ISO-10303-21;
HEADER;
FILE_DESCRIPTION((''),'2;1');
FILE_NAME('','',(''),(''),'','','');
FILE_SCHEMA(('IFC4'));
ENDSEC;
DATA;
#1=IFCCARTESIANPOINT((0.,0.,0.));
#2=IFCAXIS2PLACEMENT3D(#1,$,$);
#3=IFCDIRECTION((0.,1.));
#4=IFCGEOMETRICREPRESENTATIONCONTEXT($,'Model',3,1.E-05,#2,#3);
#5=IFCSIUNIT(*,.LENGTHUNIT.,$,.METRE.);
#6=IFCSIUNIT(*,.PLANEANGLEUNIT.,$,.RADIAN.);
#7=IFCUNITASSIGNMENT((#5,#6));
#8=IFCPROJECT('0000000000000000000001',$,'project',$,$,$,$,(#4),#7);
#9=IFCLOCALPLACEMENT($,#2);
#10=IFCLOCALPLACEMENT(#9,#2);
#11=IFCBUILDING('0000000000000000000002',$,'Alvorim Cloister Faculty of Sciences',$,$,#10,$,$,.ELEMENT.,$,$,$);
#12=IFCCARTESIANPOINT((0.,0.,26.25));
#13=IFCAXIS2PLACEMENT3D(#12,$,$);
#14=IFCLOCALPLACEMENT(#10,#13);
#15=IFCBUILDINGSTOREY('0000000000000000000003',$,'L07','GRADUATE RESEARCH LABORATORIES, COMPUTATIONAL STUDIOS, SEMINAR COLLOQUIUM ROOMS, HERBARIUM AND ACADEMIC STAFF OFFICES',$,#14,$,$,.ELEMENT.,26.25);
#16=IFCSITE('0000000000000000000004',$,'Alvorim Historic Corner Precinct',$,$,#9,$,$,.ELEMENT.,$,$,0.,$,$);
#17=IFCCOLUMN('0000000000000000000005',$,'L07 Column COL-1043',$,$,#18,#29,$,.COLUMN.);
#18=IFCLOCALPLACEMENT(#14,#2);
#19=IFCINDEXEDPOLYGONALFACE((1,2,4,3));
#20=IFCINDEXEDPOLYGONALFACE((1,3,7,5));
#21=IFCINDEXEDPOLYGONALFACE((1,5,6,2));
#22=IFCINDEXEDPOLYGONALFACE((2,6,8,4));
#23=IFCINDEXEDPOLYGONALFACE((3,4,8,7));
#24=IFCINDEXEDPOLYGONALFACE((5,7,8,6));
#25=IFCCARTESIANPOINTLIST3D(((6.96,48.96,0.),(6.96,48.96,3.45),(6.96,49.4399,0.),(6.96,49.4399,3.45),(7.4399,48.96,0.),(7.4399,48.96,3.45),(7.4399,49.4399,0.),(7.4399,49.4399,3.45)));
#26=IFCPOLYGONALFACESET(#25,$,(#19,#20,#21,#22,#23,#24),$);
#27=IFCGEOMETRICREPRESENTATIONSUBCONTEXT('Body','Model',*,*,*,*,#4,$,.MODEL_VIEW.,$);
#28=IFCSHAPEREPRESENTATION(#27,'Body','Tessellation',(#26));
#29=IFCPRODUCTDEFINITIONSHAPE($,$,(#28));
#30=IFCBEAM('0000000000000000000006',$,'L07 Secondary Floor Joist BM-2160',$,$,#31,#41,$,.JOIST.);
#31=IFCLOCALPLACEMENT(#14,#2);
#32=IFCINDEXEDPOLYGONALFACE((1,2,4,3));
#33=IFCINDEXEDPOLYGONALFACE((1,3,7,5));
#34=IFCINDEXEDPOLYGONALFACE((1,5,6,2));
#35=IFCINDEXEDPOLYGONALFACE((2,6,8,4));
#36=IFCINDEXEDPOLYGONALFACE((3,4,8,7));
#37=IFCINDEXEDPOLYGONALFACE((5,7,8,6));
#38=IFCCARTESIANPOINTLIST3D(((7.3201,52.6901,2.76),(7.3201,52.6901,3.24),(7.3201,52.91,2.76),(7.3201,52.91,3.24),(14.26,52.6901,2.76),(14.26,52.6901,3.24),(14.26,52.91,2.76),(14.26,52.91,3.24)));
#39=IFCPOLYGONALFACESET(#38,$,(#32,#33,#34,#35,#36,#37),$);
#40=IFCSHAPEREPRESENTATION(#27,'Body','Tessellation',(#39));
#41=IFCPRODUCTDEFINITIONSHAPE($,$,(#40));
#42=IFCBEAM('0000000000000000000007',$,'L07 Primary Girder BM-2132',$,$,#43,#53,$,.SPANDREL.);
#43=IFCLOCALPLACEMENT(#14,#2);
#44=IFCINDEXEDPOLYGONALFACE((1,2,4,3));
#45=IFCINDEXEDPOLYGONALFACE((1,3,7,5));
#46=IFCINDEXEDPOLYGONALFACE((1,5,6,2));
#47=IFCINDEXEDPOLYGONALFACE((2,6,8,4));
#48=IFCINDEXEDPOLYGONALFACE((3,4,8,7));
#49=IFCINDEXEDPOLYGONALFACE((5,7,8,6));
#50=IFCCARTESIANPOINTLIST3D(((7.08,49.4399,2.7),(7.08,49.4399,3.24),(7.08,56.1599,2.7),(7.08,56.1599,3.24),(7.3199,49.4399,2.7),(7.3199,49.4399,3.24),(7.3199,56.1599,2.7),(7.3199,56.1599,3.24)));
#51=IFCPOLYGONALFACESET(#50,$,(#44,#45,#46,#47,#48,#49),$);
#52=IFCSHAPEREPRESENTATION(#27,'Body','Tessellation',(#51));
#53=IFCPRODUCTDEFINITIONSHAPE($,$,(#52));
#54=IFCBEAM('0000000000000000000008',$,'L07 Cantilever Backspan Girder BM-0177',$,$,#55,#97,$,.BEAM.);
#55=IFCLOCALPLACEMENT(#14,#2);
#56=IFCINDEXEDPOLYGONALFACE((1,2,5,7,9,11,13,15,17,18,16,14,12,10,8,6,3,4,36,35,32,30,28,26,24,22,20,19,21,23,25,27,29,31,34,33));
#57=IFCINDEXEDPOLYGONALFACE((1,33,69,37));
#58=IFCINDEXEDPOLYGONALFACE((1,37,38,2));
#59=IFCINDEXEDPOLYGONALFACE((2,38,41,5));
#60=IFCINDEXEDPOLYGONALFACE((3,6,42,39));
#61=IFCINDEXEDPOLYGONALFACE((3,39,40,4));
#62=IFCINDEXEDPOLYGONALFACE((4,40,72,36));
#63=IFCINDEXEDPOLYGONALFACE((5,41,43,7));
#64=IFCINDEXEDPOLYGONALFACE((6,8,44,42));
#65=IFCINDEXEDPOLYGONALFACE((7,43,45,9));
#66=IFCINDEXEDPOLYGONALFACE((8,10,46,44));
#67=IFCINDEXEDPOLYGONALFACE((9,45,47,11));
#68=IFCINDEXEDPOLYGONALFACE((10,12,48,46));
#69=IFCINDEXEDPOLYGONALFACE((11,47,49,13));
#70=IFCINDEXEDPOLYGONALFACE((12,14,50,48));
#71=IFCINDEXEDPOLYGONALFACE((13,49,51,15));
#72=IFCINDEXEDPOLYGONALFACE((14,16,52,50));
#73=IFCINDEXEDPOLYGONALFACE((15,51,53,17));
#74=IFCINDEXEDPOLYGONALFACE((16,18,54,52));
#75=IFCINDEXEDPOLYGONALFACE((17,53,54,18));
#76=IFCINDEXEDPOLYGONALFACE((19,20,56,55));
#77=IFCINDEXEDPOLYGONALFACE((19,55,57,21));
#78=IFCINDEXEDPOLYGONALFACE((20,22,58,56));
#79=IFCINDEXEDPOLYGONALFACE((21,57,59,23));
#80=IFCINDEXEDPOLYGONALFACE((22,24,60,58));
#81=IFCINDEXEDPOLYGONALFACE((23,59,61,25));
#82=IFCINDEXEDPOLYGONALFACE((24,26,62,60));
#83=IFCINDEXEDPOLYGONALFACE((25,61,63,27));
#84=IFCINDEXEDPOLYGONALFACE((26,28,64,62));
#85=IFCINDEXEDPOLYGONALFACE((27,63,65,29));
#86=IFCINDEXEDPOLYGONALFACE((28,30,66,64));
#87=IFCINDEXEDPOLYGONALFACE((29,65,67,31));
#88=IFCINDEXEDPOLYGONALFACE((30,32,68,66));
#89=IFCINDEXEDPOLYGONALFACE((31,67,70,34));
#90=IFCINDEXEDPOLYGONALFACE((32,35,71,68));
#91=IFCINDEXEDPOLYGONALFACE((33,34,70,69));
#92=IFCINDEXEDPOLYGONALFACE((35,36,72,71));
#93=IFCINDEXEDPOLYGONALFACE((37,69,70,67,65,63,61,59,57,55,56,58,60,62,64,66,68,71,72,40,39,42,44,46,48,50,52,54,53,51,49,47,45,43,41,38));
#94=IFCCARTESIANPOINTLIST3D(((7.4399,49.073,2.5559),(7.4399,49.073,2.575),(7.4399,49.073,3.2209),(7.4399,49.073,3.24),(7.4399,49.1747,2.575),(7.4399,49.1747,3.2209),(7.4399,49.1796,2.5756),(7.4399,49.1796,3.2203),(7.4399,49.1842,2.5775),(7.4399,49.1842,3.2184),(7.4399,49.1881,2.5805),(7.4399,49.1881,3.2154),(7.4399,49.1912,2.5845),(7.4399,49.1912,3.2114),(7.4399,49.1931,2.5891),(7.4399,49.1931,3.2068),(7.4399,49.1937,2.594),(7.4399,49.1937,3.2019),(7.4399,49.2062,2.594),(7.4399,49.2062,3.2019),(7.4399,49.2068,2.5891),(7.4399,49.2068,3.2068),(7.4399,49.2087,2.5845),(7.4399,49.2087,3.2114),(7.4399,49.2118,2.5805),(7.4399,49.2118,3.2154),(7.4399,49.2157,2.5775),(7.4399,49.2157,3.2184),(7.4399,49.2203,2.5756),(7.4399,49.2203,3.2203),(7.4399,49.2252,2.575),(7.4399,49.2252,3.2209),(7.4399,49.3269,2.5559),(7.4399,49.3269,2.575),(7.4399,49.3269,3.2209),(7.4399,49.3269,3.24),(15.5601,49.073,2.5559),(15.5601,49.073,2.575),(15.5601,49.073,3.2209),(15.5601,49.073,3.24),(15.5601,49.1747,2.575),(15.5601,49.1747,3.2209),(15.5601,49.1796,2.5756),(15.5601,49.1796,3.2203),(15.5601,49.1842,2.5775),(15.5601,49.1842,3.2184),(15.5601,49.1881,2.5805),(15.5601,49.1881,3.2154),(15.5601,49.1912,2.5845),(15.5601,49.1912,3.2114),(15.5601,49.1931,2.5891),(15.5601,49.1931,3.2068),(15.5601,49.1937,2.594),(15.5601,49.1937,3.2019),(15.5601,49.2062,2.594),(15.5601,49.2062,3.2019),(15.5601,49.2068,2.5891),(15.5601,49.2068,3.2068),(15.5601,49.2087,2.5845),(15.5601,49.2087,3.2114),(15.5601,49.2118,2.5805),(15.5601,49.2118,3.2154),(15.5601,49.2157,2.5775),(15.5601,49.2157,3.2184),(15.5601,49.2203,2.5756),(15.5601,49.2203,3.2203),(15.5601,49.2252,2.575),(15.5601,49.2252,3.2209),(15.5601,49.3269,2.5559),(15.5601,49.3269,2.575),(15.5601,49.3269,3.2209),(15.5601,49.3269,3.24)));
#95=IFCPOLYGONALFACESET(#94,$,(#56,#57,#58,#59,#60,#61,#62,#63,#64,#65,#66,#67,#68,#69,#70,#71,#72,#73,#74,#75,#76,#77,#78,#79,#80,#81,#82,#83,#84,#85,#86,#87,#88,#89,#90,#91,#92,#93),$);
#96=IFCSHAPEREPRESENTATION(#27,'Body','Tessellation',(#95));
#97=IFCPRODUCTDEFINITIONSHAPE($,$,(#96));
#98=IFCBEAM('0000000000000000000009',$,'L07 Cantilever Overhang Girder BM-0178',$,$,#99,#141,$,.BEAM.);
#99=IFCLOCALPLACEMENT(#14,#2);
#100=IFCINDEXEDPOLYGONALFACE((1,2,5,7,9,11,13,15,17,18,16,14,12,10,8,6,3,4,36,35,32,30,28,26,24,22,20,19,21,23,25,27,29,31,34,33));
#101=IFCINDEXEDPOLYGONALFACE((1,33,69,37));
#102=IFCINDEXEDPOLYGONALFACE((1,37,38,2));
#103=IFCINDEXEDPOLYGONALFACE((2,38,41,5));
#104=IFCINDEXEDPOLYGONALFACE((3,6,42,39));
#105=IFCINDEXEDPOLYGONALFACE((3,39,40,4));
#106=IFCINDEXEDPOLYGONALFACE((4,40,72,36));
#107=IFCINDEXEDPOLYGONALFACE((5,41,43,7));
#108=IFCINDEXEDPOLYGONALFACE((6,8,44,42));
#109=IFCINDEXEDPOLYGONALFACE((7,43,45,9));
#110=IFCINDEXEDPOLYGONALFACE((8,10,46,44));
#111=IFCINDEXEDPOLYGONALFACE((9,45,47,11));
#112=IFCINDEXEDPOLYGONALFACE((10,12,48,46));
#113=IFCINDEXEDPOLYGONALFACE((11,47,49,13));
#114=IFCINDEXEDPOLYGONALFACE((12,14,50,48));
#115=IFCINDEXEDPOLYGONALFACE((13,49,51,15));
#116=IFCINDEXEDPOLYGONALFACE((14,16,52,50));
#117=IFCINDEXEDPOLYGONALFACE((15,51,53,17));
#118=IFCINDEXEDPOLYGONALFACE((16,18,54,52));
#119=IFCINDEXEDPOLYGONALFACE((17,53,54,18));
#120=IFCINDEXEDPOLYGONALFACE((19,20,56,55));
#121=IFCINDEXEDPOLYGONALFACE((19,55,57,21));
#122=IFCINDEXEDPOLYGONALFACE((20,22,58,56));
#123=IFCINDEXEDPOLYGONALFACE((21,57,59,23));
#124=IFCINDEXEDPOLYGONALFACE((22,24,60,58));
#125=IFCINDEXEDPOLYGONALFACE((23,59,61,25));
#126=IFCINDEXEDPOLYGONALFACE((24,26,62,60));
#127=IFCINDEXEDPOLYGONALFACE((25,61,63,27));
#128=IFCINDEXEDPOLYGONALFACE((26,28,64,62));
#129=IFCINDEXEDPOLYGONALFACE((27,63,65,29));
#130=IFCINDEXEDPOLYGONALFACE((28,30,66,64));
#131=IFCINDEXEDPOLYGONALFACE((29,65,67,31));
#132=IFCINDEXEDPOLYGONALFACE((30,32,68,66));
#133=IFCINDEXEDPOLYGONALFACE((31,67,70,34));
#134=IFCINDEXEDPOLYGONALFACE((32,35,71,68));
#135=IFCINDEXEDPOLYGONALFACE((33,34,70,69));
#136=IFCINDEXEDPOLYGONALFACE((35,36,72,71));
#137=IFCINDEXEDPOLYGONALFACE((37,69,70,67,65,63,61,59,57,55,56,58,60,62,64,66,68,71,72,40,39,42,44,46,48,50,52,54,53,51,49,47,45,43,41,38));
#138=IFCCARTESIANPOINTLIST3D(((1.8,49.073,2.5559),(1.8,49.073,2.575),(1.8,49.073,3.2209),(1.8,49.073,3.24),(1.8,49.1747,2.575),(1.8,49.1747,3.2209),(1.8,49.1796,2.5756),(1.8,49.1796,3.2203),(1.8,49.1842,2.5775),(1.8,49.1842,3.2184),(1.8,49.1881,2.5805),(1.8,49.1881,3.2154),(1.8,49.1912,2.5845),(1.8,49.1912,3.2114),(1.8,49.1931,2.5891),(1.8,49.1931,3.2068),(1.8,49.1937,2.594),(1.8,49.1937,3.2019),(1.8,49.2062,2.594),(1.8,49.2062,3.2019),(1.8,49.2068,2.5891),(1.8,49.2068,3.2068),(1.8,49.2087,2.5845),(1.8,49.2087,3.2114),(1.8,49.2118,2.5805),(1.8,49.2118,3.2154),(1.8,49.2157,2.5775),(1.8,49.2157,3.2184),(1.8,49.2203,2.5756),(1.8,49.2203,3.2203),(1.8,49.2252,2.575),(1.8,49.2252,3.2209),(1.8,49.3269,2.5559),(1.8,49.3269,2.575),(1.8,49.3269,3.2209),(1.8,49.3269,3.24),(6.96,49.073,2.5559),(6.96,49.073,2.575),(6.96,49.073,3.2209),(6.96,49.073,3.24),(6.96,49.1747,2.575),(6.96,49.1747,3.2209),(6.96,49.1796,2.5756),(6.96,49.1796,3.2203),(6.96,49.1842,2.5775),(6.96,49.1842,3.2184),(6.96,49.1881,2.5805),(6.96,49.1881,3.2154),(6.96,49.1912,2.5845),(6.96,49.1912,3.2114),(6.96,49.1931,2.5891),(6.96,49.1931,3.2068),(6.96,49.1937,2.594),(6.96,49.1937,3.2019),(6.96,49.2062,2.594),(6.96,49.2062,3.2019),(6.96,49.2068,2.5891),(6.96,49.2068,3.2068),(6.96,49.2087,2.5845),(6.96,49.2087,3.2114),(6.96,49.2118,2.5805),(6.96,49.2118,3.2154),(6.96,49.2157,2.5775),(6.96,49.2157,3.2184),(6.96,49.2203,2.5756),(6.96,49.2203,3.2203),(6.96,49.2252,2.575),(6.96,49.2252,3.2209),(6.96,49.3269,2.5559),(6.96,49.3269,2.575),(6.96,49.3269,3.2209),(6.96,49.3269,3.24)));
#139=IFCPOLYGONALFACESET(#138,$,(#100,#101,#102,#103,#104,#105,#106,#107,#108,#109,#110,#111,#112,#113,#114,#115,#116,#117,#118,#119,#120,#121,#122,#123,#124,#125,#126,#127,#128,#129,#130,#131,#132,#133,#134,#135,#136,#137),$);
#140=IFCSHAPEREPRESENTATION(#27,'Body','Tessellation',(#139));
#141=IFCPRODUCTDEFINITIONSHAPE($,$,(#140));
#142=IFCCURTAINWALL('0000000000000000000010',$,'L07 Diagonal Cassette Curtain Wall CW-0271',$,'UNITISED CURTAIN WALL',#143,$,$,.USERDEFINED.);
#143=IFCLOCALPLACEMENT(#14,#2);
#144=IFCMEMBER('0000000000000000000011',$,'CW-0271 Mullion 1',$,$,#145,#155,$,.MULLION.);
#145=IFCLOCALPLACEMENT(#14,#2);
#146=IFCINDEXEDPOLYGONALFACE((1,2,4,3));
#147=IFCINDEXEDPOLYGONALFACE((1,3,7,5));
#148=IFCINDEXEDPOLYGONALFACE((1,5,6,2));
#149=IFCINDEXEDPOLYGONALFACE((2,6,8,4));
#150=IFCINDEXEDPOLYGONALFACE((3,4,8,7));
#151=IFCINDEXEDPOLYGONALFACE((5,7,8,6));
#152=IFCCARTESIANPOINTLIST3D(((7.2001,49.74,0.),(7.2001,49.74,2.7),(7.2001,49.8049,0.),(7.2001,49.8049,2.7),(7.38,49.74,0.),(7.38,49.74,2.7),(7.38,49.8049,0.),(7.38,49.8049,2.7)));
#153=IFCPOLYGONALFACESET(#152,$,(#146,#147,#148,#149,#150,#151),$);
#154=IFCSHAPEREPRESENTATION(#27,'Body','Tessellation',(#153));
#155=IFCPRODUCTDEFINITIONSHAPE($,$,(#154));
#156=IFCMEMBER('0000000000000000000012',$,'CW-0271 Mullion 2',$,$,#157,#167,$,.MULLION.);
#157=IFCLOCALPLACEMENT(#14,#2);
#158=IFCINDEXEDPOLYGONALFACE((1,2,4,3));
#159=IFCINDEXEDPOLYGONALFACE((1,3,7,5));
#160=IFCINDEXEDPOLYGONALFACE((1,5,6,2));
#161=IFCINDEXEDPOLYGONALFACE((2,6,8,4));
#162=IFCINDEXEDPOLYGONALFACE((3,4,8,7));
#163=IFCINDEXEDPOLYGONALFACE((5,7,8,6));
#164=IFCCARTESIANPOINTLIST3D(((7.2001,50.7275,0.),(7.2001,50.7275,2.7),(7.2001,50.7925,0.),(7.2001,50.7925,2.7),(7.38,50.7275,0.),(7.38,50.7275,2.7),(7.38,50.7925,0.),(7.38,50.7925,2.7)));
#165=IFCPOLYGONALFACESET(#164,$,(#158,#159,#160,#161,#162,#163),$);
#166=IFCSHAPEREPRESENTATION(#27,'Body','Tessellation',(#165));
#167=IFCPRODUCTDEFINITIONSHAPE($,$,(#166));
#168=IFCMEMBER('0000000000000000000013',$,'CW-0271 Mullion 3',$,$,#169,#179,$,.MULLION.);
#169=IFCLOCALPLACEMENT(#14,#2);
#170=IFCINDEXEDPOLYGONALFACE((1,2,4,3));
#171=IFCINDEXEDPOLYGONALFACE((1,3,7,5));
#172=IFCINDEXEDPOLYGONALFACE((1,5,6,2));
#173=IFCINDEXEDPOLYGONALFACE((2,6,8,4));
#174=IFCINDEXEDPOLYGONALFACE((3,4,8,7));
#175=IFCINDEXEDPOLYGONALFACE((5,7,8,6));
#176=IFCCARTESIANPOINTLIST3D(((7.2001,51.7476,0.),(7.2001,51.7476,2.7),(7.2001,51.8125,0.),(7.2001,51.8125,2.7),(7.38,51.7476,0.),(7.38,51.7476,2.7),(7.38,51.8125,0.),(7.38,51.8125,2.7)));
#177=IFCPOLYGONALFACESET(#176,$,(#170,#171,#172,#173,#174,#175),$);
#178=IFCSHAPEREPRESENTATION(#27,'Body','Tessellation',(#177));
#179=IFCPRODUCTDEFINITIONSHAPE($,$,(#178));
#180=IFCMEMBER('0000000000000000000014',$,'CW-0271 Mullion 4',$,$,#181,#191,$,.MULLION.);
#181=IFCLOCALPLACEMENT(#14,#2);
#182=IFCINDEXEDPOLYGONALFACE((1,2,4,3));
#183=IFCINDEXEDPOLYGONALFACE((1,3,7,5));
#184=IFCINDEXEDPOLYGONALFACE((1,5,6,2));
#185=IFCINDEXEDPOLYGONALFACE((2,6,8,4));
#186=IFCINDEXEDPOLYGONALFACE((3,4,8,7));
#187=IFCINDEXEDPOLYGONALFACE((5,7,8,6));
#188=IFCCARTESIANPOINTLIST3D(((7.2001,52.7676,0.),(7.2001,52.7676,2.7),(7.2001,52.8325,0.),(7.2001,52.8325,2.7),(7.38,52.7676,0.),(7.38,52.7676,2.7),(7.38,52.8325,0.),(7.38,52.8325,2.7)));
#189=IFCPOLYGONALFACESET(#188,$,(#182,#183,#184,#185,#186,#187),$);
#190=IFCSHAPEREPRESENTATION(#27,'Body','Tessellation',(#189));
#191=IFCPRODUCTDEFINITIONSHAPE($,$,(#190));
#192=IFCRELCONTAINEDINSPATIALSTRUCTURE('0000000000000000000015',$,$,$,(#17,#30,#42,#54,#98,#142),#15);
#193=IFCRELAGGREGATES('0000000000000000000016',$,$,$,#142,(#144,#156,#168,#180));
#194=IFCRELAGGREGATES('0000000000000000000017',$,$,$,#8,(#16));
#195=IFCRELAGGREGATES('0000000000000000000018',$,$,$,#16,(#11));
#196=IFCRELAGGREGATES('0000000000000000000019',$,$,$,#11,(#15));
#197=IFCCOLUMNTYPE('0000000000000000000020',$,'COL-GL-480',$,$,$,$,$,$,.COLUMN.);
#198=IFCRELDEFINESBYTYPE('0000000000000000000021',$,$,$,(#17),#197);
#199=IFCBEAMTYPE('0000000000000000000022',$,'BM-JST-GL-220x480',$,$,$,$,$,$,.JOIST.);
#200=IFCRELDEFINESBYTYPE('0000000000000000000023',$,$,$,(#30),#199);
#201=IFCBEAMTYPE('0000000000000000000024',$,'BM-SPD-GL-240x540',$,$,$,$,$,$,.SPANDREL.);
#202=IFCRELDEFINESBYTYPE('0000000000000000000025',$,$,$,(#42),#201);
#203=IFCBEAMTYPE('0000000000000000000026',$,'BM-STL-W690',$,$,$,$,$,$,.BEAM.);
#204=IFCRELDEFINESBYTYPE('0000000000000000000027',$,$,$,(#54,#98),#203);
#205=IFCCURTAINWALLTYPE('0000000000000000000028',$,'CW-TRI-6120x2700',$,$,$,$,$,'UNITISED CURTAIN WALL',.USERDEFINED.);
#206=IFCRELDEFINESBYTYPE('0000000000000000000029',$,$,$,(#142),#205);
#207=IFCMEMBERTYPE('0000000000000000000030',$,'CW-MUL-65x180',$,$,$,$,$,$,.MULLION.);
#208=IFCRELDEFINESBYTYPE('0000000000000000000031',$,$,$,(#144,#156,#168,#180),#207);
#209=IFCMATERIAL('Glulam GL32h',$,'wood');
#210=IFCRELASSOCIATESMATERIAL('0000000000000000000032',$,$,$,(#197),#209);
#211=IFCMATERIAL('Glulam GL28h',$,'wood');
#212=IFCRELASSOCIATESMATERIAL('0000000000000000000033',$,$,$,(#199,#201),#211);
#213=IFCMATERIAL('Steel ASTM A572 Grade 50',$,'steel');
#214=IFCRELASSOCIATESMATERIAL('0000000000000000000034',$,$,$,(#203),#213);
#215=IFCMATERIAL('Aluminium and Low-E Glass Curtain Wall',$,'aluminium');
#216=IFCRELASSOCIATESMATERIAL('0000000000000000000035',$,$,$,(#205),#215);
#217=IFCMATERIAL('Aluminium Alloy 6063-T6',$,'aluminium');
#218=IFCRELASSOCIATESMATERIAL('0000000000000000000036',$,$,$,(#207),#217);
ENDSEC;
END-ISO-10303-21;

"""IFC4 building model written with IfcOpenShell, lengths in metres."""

from ifc_helpers import new_model, si_unit, direction, frame, origin, origin_2d, place, context, subcontext, project, spatial, rectangle, i_section, extrude, material, material_profile, profile_set, type_object, element, aggregate, save


model = new_model("IFC4")

# Units and contexts
model_context = context("Model", 3, precision=1e-05, world=origin(), true_north=direction((0.0, 1.0)))
body_context = subcontext(model_context, "Body", "Model", "MODEL_VIEW")
ifc_project = project(units=[si_unit("LENGTHUNIT", "METRE"), si_unit("PLANEANGLEUNIT", "RADIAN")], contexts=[model_context])

# Site, building, storey
site_placement = place(None, origin())
site = spatial("IfcSite", under=ifc_project, at=site_placement, Name="Alvorim Historic Corner Precinct", CompositionType="ELEMENT", RefElevation=0.0)
building_placement = place(site_placement, origin())
building = spatial("IfcBuilding", under=site, at=building_placement, Name="Alvorim Cloister Faculty of Sciences", CompositionType="ELEMENT")
storey_placement = place(building_placement, frame((0.0, 0.0, 26.25)))
storey = spatial("IfcBuildingStorey", under=building, at=storey_placement, Name="L07", Description="GRADUATE RESEARCH LABORATORIES, COMPUTATIONAL STUDIOS, SEMINAR COLLOQUIUM ROOMS, HERBARIUM AND ACADEMIC STAFF OFFICES", CompositionType="ELEMENT", Elevation=26.25)

# Column
ifc_material_1 = material(Name="Glulam GL32h", Category="wood")
ifc_material_profile_1 = material_profile(ifc_material_1, rectangle(XDim=0.48, YDim=0.48, at=origin_2d()), Name="GL32-COL-480x480")
ifc_profile_set_1 = profile_set([ifc_material_profile_1], Name="Glulam GL32h")
column_type = type_object("IfcColumnType", Name="COL-GL-480", PredefinedType="COLUMN", material=ifc_profile_set_1)
column_placement = place(storey_placement, frame((7.2, 49.2, 0.0), z_axis=(0.0, 0.0, 1.0), x_axis=(1.0, 0.0, 0.0)))
element("IfcColumn", 1, at=column_placement, inside=storey, type_object=column_type, Name="L07 Column COL-1043", PredefinedType="COLUMN", context=body_context, shape_type="SweptSolid", body=[
    extrude(rectangle(XDim=0.48, YDim=0.48, at=origin_2d()), origin(), (0.0, 0.0, 1.0), 3.45),
])

# Beams
ifc_material_2 = material(Name="Glulam GL28h", Category="wood")
ifc_material_profile_2 = material_profile(ifc_material_2, rectangle(XDim=0.22, YDim=0.48, at=origin_2d()), Name="GL28-JST-220x480")
ifc_profile_set_2 = profile_set([ifc_material_profile_2], Name="Glulam GL28h")
beam_type_1 = type_object("IfcBeamType", Name="BM-JST-GL-220x480", PredefinedType="JOIST", material=ifc_profile_set_2)
beam_1_placement = place(storey_placement, frame((7.3201, 52.8, 3.0), z_axis=(1.0, 0.0, 0.0), x_axis=(0.0, 1.0, 0.0)))
element("IfcBeam", 2, at=beam_1_placement, inside=storey, type_object=beam_type_1, Name="L07 Secondary Floor Joist BM-2160", PredefinedType="JOIST", context=body_context, shape_type="SweptSolid", body=[
    extrude(rectangle(XDim=0.22, YDim=0.48, at=origin_2d()), origin(), (0.0, 0.0, 1.0), 6.9399),
])
ifc_material_profile_3 = material_profile(ifc_material_2, rectangle(XDim=0.24, YDim=0.54, at=origin_2d()), Name="GL28-SPD-240x540")
ifc_profile_set_3 = profile_set([ifc_material_profile_3], Name="Glulam GL28h")
beam_type_2 = type_object("IfcBeamType", Name="BM-SPD-GL-240x540", PredefinedType="SPANDREL", material=ifc_profile_set_3)
beam_2_placement = place(storey_placement, frame((7.2, 49.4399, 2.97), z_axis=(0.0, 1.0, 0.0), x_axis=(-1.0, 0.0, 0.0)))
element("IfcBeam", 3, at=beam_2_placement, inside=storey, type_object=beam_type_2, Name="L07 Primary Girder BM-2132", PredefinedType="SPANDREL", context=body_context, shape_type="SweptSolid", body=[
    extrude(rectangle(XDim=0.24, YDim=0.54, at=origin_2d()), origin(), (0.0, 0.0, 1.0), 6.72),
])
ifc_material_3 = material(Name="Steel ASTM A572 Grade 50", Category="steel")
ifc_material_profile_4 = material_profile(ifc_material_3, i_section(OverallWidth=0.2539, OverallDepth=0.6841, WebThickness=0.0125, FlangeThickness=0.019, FilletRadius=0.019, at=origin_2d()), Name="W690x140.0")
ifc_profile_set_4 = profile_set([ifc_material_profile_4], Name="Steel ASTM A572 Grade 50")
beam_type_3 = type_object("IfcBeamType", Name="BM-STL-W690", PredefinedType="BEAM", material=ifc_profile_set_4)
beam_3_placement = place(storey_placement, frame((7.4399, 49.2, 2.8979), z_axis=(1.0, 0.0, 0.0), x_axis=(0.0, 1.0, 0.0)))
element("IfcBeam", 4, at=beam_3_placement, inside=storey, type_object=beam_type_3, Name="L07 Cantilever Backspan Girder BM-0177", PredefinedType="BEAM", context=body_context, shape_type="SweptSolid", body=[
    extrude(i_section(OverallWidth=0.2539, OverallDepth=0.6841, WebThickness=0.0125, FlangeThickness=0.019, FilletRadius=0.019, at=origin_2d()), origin(), (0.0, 0.0, 1.0), 8.1201),
])
beam_4_placement = place(storey_placement, frame((1.8, 49.2, 2.8979), z_axis=(1.0, 0.0, 0.0), x_axis=(0.0, 1.0, 0.0)))
element("IfcBeam", 5, at=beam_4_placement, inside=storey, type_object=beam_type_3, Name="L07 Cantilever Overhang Girder BM-0178", PredefinedType="BEAM", context=body_context, shape_type="SweptSolid", body=[
    extrude(i_section(OverallWidth=0.2539, OverallDepth=0.6841, WebThickness=0.0125, FlangeThickness=0.019, FilletRadius=0.019, at=origin_2d()), origin(), (0.0, 0.0, 1.0), 5.1599),
])

# Curtain wall, members
ifc_material_4 = material(Name="Aluminium and Low-E Glass Curtain Wall", Category="aluminium")
curtain_wall_type = type_object("IfcCurtainWallType", Name="CW-TRI-6120x2700", ElementType="UNITISED CURTAIN WALL", PredefinedType="USERDEFINED", material=ifc_material_4)
curtain_wall_placement = place(storey_placement, origin())
curtain_wall = element("IfcCurtainWall", 6, at=curtain_wall_placement, inside=storey, type_object=curtain_wall_type, Name="L07 Diagonal Cassette Curtain Wall CW-0271", ObjectType="UNITISED CURTAIN WALL", PredefinedType="USERDEFINED")
ifc_material_5 = material(Name="Aluminium Alloy 6063-T6", Category="aluminium")
ifc_material_profile_5 = material_profile(ifc_material_5, rectangle(XDim=0.0649, YDim=0.1799, at=origin_2d()), Name="ALU-MUL-65x180")
ifc_profile_set_5 = profile_set([ifc_material_profile_5], Name="Aluminium Alloy 6063-T6")
member_type_1 = type_object("IfcMemberType", Name="CW-MUL-65x180", PredefinedType="MULLION", material=ifc_profile_set_5)
member_1_placement = place(storey_placement, frame((7.29, 49.7725, 0.0), z_axis=(0.0, 0.0, 1.0), x_axis=(0.0, 1.0, 0.0)))
member_1 = element("IfcMember", 7, at=member_1_placement, type_object=member_type_1, Name="CW-0271 Mullion 1", PredefinedType="MULLION", context=body_context, shape_type="SweptSolid", body=[
    extrude(rectangle(XDim=0.0649, YDim=0.1799, at=origin_2d()), origin(), (0.0, 0.0, 1.0), 2.7),
])
member_2_placement = place(storey_placement, frame((7.29, 50.76, 0.0), z_axis=(0.0, 0.0, 1.0), x_axis=(0.0, 1.0, 0.0)))
member_2 = element("IfcMember", 8, at=member_2_placement, type_object=member_type_1, Name="CW-0271 Mullion 2", PredefinedType="MULLION", context=body_context, shape_type="SweptSolid", body=[
    extrude(rectangle(XDim=0.0649, YDim=0.1799, at=origin_2d()), origin(), (0.0, 0.0, 1.0), 2.7),
])
member_3_placement = place(storey_placement, frame((7.29, 51.78, 0.0), z_axis=(0.0, 0.0, 1.0), x_axis=(0.0, 1.0, 0.0)))
member_3 = element("IfcMember", 9, at=member_3_placement, type_object=member_type_1, Name="CW-0271 Mullion 3", PredefinedType="MULLION", context=body_context, shape_type="SweptSolid", body=[
    extrude(rectangle(XDim=0.0649, YDim=0.1799, at=origin_2d()), origin(), (0.0, 0.0, 1.0), 2.7),
])
member_4_placement = place(storey_placement, frame((7.29, 52.8, 0.0), z_axis=(0.0, 0.0, 1.0), x_axis=(0.0, 1.0, 0.0)))
member_4 = element("IfcMember", 10, at=member_4_placement, type_object=member_type_1, Name="CW-0271 Mullion 4", PredefinedType="MULLION", context=body_context, shape_type="SweptSolid", body=[
    extrude(rectangle(XDim=0.0649, YDim=0.1799, at=origin_2d()), origin(), (0.0, 0.0, 1.0), 2.7),
])

aggregate(curtain_wall, [member_1, member_2, member_3, member_4])

save(model, "model.ifc")
